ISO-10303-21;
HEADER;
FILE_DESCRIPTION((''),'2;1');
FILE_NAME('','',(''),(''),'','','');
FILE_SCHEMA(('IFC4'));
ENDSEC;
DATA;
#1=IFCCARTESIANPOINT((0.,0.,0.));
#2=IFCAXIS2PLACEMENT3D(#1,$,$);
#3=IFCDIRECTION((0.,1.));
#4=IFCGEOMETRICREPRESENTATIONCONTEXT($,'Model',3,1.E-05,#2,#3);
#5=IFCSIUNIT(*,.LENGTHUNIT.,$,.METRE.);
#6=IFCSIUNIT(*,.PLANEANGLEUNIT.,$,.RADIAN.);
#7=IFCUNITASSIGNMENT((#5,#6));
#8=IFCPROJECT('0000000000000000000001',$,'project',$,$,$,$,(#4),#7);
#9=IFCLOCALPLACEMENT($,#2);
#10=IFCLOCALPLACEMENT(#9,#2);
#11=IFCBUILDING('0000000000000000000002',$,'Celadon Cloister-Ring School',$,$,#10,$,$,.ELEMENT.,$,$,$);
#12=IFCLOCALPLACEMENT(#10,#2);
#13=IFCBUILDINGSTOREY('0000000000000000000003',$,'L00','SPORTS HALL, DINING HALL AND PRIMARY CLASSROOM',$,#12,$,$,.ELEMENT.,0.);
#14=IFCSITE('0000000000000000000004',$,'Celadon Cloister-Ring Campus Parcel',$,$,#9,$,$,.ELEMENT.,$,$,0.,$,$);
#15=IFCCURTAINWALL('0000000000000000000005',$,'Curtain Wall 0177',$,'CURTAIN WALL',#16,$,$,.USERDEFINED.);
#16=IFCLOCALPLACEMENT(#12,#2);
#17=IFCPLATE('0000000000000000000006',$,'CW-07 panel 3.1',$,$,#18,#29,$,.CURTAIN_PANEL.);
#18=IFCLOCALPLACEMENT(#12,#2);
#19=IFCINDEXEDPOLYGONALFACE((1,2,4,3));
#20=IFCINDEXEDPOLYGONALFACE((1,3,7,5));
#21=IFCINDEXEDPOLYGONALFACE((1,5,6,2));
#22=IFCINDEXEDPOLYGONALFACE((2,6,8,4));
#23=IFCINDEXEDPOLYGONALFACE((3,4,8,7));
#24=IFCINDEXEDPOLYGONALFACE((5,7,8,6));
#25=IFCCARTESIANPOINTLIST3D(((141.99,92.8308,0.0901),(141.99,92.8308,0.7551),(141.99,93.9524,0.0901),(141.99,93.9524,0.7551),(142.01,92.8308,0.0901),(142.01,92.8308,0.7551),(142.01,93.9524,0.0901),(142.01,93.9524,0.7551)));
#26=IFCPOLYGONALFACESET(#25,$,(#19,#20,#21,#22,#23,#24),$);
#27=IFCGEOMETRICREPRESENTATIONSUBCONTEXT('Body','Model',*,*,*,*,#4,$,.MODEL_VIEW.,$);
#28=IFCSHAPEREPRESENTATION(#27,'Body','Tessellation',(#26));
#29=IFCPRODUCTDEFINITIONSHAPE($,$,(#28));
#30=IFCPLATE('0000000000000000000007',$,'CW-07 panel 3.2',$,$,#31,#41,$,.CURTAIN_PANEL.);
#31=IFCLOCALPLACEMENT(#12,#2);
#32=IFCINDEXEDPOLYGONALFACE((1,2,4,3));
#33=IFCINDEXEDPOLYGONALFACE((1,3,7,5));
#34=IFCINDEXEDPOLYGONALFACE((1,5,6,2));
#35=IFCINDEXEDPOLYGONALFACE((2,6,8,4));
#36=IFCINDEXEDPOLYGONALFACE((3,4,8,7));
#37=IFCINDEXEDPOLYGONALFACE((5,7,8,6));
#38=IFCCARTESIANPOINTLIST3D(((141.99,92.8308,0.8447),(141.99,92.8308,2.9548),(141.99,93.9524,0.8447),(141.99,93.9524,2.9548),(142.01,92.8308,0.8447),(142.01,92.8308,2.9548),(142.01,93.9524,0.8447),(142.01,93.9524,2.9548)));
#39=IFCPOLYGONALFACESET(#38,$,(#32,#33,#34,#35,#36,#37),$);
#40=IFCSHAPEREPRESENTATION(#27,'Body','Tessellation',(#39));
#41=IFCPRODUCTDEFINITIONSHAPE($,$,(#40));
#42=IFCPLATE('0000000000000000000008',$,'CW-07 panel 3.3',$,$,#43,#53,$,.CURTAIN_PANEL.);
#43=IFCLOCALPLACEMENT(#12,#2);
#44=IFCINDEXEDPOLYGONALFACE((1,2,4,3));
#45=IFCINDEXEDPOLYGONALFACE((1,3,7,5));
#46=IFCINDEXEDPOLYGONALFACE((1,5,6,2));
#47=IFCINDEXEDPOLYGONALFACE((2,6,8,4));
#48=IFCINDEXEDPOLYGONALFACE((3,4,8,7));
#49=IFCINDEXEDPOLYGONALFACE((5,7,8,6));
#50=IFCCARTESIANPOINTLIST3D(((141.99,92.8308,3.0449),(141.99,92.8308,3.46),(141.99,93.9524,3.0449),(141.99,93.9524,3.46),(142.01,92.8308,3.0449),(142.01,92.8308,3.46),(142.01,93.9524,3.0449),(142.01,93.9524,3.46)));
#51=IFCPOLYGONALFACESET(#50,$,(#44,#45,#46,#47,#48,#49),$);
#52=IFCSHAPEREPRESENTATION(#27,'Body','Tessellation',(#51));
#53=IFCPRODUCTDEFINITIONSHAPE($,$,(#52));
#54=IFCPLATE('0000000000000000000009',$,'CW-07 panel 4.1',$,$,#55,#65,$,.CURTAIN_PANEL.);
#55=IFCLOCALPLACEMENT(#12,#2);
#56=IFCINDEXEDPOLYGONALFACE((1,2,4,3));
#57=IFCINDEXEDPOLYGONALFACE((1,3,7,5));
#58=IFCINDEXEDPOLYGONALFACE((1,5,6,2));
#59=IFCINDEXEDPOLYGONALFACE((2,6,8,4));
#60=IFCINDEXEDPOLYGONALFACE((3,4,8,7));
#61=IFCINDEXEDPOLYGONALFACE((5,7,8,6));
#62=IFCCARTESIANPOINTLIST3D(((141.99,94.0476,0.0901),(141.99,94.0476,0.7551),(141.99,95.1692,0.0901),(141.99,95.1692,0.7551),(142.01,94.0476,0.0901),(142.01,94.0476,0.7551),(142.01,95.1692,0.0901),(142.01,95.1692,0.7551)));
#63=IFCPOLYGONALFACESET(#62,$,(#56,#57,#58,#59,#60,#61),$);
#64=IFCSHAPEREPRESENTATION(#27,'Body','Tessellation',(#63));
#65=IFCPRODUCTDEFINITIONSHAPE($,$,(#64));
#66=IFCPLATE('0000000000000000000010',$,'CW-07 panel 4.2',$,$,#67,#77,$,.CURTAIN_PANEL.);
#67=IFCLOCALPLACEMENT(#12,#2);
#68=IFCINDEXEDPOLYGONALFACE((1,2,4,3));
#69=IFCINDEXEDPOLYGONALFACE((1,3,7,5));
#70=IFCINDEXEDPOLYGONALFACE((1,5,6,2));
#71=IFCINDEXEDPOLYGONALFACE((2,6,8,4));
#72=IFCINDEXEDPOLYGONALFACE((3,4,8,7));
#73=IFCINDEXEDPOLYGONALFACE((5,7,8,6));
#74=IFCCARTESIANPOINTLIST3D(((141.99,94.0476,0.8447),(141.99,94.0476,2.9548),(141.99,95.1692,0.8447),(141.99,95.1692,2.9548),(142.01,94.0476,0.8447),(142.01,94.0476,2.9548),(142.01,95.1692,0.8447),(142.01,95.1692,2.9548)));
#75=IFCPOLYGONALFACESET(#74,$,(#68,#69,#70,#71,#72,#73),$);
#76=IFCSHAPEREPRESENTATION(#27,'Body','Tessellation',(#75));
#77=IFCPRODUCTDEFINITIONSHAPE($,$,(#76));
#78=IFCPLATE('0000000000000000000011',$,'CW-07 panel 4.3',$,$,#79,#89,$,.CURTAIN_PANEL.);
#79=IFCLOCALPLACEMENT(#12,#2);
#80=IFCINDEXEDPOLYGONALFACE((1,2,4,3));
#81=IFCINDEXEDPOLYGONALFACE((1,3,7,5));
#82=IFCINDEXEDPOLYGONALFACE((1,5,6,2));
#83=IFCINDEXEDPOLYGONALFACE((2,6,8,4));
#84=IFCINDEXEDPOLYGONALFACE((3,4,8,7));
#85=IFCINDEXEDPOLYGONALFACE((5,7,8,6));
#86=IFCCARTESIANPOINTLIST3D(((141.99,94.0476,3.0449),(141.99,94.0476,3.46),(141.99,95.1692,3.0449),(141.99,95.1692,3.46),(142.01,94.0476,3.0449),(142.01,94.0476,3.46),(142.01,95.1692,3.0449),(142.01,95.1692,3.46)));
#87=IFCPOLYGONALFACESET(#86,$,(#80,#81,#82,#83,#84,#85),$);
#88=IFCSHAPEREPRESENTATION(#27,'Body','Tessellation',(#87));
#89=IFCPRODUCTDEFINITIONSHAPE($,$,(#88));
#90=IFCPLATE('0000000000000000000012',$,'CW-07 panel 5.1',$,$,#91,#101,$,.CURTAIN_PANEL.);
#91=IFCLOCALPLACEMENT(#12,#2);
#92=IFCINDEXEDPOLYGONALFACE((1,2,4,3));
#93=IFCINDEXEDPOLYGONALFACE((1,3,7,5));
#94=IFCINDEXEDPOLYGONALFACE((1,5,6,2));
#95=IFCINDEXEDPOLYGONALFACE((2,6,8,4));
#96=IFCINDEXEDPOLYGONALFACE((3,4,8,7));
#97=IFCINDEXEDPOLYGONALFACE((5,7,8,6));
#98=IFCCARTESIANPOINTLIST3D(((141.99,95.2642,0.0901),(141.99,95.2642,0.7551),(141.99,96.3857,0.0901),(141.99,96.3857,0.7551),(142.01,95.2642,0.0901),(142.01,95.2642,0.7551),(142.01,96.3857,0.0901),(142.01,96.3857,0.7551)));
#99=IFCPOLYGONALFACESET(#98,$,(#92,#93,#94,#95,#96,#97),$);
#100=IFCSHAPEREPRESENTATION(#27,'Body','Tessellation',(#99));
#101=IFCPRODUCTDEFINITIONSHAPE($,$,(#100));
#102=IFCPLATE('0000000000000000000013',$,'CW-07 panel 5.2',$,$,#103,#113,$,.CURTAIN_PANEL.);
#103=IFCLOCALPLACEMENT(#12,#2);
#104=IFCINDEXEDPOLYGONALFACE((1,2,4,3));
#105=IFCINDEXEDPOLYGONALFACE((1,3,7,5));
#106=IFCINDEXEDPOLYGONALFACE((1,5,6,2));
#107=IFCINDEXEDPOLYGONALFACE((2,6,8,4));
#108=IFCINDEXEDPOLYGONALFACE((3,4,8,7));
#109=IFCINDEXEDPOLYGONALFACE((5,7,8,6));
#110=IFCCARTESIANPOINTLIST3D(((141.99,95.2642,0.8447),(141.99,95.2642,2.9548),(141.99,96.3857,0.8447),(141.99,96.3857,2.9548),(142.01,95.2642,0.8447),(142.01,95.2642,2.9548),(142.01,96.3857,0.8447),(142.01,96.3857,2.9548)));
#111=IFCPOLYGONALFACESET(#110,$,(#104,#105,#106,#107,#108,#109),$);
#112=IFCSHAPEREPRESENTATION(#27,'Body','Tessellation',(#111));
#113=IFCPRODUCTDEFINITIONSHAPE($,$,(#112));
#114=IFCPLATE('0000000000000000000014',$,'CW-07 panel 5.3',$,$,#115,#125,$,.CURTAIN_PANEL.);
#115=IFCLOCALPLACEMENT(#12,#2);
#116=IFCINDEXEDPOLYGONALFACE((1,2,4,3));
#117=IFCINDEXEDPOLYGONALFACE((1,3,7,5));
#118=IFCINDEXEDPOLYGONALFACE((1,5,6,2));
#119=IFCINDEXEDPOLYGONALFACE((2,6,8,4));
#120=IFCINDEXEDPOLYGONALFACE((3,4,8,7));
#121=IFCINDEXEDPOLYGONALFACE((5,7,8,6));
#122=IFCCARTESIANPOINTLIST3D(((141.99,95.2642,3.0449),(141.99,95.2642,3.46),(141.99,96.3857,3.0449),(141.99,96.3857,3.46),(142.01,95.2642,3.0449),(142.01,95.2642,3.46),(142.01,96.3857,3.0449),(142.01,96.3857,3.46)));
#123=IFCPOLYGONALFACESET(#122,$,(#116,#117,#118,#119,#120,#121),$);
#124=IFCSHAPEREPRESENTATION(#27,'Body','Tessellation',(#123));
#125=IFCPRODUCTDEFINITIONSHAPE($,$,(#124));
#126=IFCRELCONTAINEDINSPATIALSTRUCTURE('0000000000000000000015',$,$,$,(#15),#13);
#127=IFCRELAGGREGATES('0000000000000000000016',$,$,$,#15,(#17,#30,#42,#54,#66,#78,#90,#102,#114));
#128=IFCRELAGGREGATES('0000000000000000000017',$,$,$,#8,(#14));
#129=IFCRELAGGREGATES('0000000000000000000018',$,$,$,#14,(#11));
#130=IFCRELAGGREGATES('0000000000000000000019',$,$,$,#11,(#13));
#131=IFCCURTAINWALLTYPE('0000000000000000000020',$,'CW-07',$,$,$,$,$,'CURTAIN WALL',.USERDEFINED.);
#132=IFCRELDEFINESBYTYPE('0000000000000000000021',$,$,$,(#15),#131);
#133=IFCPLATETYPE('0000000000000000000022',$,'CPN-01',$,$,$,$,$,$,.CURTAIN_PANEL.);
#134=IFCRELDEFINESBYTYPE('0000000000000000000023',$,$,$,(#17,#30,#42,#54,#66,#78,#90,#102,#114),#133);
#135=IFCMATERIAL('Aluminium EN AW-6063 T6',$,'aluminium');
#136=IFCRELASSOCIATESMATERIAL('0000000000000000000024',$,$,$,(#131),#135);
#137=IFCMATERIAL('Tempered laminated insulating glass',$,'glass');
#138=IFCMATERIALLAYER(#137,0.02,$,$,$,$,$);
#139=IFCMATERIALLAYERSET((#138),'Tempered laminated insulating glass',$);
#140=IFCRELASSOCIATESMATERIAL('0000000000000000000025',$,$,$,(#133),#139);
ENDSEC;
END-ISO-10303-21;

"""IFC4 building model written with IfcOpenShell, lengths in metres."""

from ifc_helpers import new_model, si_unit, direction, frame, origin, origin_2d, place, context, subcontext, project, spatial, rectangle, extrude, material, layer, layer_set, type_object, element, aggregate, save


model = new_model("IFC4")

# Units and contexts
model_context = context("Model", 3, precision=1e-05, world=origin(), true_north=direction((0.0, 1.0)))
body_context = subcontext(model_context, "Body", "Model", "MODEL_VIEW")
ifc_project = project(units=[si_unit("LENGTHUNIT", "METRE"), si_unit("PLANEANGLEUNIT", "RADIAN")], contexts=[model_context])

# Site, building, storey
site_placement = place(None, origin())
site = spatial("IfcSite", under=ifc_project, at=site_placement, Name="Celadon Cloister-Ring Campus Parcel", CompositionType="ELEMENT", RefElevation=0.0)
building_placement = place(site_placement, origin())
building = spatial("IfcBuilding", under=site, at=building_placement, Name="Celadon Cloister-Ring School", CompositionType="ELEMENT")
storey_placement = place(building_placement, origin())
storey = spatial("IfcBuildingStorey", under=building, at=storey_placement, Name="L00", Description="SPORTS HALL, DINING HALL AND PRIMARY CLASSROOM", CompositionType="ELEMENT", Elevation=0.0)

# Curtain wall, plates
ifc_material_1 = material(Name="Aluminium EN AW-6063 T6", Category="aluminium")
curtain_wall_type = type_object("IfcCurtainWallType", Name="CW-07", ElementType="CURTAIN WALL", PredefinedType="USERDEFINED", material=ifc_material_1)
curtain_wall_placement = place(storey_placement, origin())
curtain_wall = element("IfcCurtainWall", 1, at=curtain_wall_placement, inside=storey, type_object=curtain_wall_type, Name="Curtain Wall 0177", ObjectType="CURTAIN WALL", PredefinedType="USERDEFINED")
ifc_material_2 = material(Name="Tempered laminated insulating glass", Category="glass")
ifc_layer = layer(ifc_material_2, 0.02)
ifc_layer_set = layer_set([ifc_layer], Name="Tempered laminated insulating glass")
plate_type = type_object("IfcPlateType", Name="CPN-01", PredefinedType="CURTAIN_PANEL", material=ifc_layer_set)
plate_1_placement = place(storey_placement, frame((142.0, 93.3916, 0.0901), z_axis=(0.0, 0.0, 1.0), x_axis=(0.0, 1.0, 0.0)))
plate_1 = element("IfcPlate", 2, at=plate_1_placement, type_object=plate_type, Name="CW-07 panel 3.1", PredefinedType="CURTAIN_PANEL", context=body_context, shape_type="SweptSolid", body=[
    extrude(rectangle(XDim=1.1216, YDim=0.02, at=origin_2d()), origin(), (0.0, 0.0, 1.0), 0.665),
])
plate_2_placement = place(storey_placement, frame((142.0, 93.3916, 0.8447), z_axis=(0.0, 0.0, 1.0), x_axis=(0.0, 1.0, 0.0)))
plate_2 = element("IfcPlate", 3, at=plate_2_placement, type_object=plate_type, Name="CW-07 panel 3.2", PredefinedType="CURTAIN_PANEL", context=body_context, shape_type="SweptSolid", body=[
    extrude(rectangle(XDim=1.1216, YDim=0.02, at=origin_2d()), origin(), (0.0, 0.0, 1.0), 2.1101),
])
plate_3_placement = place(storey_placement, frame((142.0, 93.3916, 3.0449), z_axis=(0.0, 0.0, 1.0), x_axis=(0.0, 1.0, 0.0)))
plate_3 = element("IfcPlate", 4, at=plate_3_placement, type_object=plate_type, Name="CW-07 panel 3.3", PredefinedType="CURTAIN_PANEL", context=body_context, shape_type="SweptSolid", body=[
    extrude(rectangle(XDim=1.1216, YDim=0.02, at=origin_2d()), origin(), (0.0, 0.0, 1.0), 0.415),
])
plate_4_placement = place(storey_placement, frame((142.0, 94.6084, 0.0901), z_axis=(0.0, 0.0, 1.0), x_axis=(0.0, 1.0, 0.0)))
plate_4 = element("IfcPlate", 5, at=plate_4_placement, type_object=plate_type, Name="CW-07 panel 4.1", PredefinedType="CURTAIN_PANEL", context=body_context, shape_type="SweptSolid", body=[
    extrude(rectangle(XDim=1.1216, YDim=0.02, at=origin_2d()), origin(), (0.0, 0.0, 1.0), 0.665),
])
plate_5_placement = place(storey_placement, frame((142.0, 94.6084, 0.8447), z_axis=(0.0, 0.0, 1.0), x_axis=(0.0, 1.0, 0.0)))
plate_5 = element("IfcPlate", 6, at=plate_5_placement, type_object=plate_type, Name="CW-07 panel 4.2", PredefinedType="CURTAIN_PANEL", context=body_context, shape_type="SweptSolid", body=[
    extrude(rectangle(XDim=1.1216, YDim=0.02, at=origin_2d()), origin(), (0.0, 0.0, 1.0), 2.1101),
])
plate_6_placement = place(storey_placement, frame((142.0, 94.6084, 3.0449), z_axis=(0.0, 0.0, 1.0), x_axis=(0.0, 1.0, 0.0)))
plate_6 = element("IfcPlate", 7, at=plate_6_placement, type_object=plate_type, Name="CW-07 panel 4.3", PredefinedType="CURTAIN_PANEL", context=body_context, shape_type="SweptSolid", body=[
    extrude(rectangle(XDim=1.1216, YDim=0.02, at=origin_2d()), origin(), (0.0, 0.0, 1.0), 0.415),
])
plate_7_placement = place(storey_placement, frame((142.0, 95.825, 0.0901), z_axis=(0.0, 0.0, 1.0), x_axis=(0.0, 1.0, 0.0)))
plate_7 = element("IfcPlate", 8, at=plate_7_placement, type_object=plate_type, Name="CW-07 panel 5.1", PredefinedType="CURTAIN_PANEL", context=body_context, shape_type="SweptSolid", body=[
    extrude(rectangle(XDim=1.1216, YDim=0.02, at=origin_2d()), origin(), (0.0, 0.0, 1.0), 0.665),
])
plate_8_placement = place(storey_placement, frame((142.0, 95.825, 0.8447), z_axis=(0.0, 0.0, 1.0), x_axis=(0.0, 1.0, 0.0)))
plate_8 = element("IfcPlate", 9, at=plate_8_placement, type_object=plate_type, Name="CW-07 panel 5.2", PredefinedType="CURTAIN_PANEL", context=body_context, shape_type="SweptSolid", body=[
    extrude(rectangle(XDim=1.1216, YDim=0.02, at=origin_2d()), origin(), (0.0, 0.0, 1.0), 2.1101),
])
plate_9_placement = place(storey_placement, frame((142.0, 95.825, 3.0449), z_axis=(0.0, 0.0, 1.0), x_axis=(0.0, 1.0, 0.0)))
plate_9 = element("IfcPlate", 10, at=plate_9_placement, type_object=plate_type, Name="CW-07 panel 5.3", PredefinedType="CURTAIN_PANEL", context=body_context, shape_type="SweptSolid", body=[
    extrude(rectangle(XDim=1.1216, YDim=0.02, at=origin_2d()), origin(), (0.0, 0.0, 1.0), 0.415),
])
aggregate(curtain_wall, [plate_1, plate_2, plate_3, plate_4, plate_5, plate_6, plate_7, plate_8, plate_9])

save(model, "model.ifc")
